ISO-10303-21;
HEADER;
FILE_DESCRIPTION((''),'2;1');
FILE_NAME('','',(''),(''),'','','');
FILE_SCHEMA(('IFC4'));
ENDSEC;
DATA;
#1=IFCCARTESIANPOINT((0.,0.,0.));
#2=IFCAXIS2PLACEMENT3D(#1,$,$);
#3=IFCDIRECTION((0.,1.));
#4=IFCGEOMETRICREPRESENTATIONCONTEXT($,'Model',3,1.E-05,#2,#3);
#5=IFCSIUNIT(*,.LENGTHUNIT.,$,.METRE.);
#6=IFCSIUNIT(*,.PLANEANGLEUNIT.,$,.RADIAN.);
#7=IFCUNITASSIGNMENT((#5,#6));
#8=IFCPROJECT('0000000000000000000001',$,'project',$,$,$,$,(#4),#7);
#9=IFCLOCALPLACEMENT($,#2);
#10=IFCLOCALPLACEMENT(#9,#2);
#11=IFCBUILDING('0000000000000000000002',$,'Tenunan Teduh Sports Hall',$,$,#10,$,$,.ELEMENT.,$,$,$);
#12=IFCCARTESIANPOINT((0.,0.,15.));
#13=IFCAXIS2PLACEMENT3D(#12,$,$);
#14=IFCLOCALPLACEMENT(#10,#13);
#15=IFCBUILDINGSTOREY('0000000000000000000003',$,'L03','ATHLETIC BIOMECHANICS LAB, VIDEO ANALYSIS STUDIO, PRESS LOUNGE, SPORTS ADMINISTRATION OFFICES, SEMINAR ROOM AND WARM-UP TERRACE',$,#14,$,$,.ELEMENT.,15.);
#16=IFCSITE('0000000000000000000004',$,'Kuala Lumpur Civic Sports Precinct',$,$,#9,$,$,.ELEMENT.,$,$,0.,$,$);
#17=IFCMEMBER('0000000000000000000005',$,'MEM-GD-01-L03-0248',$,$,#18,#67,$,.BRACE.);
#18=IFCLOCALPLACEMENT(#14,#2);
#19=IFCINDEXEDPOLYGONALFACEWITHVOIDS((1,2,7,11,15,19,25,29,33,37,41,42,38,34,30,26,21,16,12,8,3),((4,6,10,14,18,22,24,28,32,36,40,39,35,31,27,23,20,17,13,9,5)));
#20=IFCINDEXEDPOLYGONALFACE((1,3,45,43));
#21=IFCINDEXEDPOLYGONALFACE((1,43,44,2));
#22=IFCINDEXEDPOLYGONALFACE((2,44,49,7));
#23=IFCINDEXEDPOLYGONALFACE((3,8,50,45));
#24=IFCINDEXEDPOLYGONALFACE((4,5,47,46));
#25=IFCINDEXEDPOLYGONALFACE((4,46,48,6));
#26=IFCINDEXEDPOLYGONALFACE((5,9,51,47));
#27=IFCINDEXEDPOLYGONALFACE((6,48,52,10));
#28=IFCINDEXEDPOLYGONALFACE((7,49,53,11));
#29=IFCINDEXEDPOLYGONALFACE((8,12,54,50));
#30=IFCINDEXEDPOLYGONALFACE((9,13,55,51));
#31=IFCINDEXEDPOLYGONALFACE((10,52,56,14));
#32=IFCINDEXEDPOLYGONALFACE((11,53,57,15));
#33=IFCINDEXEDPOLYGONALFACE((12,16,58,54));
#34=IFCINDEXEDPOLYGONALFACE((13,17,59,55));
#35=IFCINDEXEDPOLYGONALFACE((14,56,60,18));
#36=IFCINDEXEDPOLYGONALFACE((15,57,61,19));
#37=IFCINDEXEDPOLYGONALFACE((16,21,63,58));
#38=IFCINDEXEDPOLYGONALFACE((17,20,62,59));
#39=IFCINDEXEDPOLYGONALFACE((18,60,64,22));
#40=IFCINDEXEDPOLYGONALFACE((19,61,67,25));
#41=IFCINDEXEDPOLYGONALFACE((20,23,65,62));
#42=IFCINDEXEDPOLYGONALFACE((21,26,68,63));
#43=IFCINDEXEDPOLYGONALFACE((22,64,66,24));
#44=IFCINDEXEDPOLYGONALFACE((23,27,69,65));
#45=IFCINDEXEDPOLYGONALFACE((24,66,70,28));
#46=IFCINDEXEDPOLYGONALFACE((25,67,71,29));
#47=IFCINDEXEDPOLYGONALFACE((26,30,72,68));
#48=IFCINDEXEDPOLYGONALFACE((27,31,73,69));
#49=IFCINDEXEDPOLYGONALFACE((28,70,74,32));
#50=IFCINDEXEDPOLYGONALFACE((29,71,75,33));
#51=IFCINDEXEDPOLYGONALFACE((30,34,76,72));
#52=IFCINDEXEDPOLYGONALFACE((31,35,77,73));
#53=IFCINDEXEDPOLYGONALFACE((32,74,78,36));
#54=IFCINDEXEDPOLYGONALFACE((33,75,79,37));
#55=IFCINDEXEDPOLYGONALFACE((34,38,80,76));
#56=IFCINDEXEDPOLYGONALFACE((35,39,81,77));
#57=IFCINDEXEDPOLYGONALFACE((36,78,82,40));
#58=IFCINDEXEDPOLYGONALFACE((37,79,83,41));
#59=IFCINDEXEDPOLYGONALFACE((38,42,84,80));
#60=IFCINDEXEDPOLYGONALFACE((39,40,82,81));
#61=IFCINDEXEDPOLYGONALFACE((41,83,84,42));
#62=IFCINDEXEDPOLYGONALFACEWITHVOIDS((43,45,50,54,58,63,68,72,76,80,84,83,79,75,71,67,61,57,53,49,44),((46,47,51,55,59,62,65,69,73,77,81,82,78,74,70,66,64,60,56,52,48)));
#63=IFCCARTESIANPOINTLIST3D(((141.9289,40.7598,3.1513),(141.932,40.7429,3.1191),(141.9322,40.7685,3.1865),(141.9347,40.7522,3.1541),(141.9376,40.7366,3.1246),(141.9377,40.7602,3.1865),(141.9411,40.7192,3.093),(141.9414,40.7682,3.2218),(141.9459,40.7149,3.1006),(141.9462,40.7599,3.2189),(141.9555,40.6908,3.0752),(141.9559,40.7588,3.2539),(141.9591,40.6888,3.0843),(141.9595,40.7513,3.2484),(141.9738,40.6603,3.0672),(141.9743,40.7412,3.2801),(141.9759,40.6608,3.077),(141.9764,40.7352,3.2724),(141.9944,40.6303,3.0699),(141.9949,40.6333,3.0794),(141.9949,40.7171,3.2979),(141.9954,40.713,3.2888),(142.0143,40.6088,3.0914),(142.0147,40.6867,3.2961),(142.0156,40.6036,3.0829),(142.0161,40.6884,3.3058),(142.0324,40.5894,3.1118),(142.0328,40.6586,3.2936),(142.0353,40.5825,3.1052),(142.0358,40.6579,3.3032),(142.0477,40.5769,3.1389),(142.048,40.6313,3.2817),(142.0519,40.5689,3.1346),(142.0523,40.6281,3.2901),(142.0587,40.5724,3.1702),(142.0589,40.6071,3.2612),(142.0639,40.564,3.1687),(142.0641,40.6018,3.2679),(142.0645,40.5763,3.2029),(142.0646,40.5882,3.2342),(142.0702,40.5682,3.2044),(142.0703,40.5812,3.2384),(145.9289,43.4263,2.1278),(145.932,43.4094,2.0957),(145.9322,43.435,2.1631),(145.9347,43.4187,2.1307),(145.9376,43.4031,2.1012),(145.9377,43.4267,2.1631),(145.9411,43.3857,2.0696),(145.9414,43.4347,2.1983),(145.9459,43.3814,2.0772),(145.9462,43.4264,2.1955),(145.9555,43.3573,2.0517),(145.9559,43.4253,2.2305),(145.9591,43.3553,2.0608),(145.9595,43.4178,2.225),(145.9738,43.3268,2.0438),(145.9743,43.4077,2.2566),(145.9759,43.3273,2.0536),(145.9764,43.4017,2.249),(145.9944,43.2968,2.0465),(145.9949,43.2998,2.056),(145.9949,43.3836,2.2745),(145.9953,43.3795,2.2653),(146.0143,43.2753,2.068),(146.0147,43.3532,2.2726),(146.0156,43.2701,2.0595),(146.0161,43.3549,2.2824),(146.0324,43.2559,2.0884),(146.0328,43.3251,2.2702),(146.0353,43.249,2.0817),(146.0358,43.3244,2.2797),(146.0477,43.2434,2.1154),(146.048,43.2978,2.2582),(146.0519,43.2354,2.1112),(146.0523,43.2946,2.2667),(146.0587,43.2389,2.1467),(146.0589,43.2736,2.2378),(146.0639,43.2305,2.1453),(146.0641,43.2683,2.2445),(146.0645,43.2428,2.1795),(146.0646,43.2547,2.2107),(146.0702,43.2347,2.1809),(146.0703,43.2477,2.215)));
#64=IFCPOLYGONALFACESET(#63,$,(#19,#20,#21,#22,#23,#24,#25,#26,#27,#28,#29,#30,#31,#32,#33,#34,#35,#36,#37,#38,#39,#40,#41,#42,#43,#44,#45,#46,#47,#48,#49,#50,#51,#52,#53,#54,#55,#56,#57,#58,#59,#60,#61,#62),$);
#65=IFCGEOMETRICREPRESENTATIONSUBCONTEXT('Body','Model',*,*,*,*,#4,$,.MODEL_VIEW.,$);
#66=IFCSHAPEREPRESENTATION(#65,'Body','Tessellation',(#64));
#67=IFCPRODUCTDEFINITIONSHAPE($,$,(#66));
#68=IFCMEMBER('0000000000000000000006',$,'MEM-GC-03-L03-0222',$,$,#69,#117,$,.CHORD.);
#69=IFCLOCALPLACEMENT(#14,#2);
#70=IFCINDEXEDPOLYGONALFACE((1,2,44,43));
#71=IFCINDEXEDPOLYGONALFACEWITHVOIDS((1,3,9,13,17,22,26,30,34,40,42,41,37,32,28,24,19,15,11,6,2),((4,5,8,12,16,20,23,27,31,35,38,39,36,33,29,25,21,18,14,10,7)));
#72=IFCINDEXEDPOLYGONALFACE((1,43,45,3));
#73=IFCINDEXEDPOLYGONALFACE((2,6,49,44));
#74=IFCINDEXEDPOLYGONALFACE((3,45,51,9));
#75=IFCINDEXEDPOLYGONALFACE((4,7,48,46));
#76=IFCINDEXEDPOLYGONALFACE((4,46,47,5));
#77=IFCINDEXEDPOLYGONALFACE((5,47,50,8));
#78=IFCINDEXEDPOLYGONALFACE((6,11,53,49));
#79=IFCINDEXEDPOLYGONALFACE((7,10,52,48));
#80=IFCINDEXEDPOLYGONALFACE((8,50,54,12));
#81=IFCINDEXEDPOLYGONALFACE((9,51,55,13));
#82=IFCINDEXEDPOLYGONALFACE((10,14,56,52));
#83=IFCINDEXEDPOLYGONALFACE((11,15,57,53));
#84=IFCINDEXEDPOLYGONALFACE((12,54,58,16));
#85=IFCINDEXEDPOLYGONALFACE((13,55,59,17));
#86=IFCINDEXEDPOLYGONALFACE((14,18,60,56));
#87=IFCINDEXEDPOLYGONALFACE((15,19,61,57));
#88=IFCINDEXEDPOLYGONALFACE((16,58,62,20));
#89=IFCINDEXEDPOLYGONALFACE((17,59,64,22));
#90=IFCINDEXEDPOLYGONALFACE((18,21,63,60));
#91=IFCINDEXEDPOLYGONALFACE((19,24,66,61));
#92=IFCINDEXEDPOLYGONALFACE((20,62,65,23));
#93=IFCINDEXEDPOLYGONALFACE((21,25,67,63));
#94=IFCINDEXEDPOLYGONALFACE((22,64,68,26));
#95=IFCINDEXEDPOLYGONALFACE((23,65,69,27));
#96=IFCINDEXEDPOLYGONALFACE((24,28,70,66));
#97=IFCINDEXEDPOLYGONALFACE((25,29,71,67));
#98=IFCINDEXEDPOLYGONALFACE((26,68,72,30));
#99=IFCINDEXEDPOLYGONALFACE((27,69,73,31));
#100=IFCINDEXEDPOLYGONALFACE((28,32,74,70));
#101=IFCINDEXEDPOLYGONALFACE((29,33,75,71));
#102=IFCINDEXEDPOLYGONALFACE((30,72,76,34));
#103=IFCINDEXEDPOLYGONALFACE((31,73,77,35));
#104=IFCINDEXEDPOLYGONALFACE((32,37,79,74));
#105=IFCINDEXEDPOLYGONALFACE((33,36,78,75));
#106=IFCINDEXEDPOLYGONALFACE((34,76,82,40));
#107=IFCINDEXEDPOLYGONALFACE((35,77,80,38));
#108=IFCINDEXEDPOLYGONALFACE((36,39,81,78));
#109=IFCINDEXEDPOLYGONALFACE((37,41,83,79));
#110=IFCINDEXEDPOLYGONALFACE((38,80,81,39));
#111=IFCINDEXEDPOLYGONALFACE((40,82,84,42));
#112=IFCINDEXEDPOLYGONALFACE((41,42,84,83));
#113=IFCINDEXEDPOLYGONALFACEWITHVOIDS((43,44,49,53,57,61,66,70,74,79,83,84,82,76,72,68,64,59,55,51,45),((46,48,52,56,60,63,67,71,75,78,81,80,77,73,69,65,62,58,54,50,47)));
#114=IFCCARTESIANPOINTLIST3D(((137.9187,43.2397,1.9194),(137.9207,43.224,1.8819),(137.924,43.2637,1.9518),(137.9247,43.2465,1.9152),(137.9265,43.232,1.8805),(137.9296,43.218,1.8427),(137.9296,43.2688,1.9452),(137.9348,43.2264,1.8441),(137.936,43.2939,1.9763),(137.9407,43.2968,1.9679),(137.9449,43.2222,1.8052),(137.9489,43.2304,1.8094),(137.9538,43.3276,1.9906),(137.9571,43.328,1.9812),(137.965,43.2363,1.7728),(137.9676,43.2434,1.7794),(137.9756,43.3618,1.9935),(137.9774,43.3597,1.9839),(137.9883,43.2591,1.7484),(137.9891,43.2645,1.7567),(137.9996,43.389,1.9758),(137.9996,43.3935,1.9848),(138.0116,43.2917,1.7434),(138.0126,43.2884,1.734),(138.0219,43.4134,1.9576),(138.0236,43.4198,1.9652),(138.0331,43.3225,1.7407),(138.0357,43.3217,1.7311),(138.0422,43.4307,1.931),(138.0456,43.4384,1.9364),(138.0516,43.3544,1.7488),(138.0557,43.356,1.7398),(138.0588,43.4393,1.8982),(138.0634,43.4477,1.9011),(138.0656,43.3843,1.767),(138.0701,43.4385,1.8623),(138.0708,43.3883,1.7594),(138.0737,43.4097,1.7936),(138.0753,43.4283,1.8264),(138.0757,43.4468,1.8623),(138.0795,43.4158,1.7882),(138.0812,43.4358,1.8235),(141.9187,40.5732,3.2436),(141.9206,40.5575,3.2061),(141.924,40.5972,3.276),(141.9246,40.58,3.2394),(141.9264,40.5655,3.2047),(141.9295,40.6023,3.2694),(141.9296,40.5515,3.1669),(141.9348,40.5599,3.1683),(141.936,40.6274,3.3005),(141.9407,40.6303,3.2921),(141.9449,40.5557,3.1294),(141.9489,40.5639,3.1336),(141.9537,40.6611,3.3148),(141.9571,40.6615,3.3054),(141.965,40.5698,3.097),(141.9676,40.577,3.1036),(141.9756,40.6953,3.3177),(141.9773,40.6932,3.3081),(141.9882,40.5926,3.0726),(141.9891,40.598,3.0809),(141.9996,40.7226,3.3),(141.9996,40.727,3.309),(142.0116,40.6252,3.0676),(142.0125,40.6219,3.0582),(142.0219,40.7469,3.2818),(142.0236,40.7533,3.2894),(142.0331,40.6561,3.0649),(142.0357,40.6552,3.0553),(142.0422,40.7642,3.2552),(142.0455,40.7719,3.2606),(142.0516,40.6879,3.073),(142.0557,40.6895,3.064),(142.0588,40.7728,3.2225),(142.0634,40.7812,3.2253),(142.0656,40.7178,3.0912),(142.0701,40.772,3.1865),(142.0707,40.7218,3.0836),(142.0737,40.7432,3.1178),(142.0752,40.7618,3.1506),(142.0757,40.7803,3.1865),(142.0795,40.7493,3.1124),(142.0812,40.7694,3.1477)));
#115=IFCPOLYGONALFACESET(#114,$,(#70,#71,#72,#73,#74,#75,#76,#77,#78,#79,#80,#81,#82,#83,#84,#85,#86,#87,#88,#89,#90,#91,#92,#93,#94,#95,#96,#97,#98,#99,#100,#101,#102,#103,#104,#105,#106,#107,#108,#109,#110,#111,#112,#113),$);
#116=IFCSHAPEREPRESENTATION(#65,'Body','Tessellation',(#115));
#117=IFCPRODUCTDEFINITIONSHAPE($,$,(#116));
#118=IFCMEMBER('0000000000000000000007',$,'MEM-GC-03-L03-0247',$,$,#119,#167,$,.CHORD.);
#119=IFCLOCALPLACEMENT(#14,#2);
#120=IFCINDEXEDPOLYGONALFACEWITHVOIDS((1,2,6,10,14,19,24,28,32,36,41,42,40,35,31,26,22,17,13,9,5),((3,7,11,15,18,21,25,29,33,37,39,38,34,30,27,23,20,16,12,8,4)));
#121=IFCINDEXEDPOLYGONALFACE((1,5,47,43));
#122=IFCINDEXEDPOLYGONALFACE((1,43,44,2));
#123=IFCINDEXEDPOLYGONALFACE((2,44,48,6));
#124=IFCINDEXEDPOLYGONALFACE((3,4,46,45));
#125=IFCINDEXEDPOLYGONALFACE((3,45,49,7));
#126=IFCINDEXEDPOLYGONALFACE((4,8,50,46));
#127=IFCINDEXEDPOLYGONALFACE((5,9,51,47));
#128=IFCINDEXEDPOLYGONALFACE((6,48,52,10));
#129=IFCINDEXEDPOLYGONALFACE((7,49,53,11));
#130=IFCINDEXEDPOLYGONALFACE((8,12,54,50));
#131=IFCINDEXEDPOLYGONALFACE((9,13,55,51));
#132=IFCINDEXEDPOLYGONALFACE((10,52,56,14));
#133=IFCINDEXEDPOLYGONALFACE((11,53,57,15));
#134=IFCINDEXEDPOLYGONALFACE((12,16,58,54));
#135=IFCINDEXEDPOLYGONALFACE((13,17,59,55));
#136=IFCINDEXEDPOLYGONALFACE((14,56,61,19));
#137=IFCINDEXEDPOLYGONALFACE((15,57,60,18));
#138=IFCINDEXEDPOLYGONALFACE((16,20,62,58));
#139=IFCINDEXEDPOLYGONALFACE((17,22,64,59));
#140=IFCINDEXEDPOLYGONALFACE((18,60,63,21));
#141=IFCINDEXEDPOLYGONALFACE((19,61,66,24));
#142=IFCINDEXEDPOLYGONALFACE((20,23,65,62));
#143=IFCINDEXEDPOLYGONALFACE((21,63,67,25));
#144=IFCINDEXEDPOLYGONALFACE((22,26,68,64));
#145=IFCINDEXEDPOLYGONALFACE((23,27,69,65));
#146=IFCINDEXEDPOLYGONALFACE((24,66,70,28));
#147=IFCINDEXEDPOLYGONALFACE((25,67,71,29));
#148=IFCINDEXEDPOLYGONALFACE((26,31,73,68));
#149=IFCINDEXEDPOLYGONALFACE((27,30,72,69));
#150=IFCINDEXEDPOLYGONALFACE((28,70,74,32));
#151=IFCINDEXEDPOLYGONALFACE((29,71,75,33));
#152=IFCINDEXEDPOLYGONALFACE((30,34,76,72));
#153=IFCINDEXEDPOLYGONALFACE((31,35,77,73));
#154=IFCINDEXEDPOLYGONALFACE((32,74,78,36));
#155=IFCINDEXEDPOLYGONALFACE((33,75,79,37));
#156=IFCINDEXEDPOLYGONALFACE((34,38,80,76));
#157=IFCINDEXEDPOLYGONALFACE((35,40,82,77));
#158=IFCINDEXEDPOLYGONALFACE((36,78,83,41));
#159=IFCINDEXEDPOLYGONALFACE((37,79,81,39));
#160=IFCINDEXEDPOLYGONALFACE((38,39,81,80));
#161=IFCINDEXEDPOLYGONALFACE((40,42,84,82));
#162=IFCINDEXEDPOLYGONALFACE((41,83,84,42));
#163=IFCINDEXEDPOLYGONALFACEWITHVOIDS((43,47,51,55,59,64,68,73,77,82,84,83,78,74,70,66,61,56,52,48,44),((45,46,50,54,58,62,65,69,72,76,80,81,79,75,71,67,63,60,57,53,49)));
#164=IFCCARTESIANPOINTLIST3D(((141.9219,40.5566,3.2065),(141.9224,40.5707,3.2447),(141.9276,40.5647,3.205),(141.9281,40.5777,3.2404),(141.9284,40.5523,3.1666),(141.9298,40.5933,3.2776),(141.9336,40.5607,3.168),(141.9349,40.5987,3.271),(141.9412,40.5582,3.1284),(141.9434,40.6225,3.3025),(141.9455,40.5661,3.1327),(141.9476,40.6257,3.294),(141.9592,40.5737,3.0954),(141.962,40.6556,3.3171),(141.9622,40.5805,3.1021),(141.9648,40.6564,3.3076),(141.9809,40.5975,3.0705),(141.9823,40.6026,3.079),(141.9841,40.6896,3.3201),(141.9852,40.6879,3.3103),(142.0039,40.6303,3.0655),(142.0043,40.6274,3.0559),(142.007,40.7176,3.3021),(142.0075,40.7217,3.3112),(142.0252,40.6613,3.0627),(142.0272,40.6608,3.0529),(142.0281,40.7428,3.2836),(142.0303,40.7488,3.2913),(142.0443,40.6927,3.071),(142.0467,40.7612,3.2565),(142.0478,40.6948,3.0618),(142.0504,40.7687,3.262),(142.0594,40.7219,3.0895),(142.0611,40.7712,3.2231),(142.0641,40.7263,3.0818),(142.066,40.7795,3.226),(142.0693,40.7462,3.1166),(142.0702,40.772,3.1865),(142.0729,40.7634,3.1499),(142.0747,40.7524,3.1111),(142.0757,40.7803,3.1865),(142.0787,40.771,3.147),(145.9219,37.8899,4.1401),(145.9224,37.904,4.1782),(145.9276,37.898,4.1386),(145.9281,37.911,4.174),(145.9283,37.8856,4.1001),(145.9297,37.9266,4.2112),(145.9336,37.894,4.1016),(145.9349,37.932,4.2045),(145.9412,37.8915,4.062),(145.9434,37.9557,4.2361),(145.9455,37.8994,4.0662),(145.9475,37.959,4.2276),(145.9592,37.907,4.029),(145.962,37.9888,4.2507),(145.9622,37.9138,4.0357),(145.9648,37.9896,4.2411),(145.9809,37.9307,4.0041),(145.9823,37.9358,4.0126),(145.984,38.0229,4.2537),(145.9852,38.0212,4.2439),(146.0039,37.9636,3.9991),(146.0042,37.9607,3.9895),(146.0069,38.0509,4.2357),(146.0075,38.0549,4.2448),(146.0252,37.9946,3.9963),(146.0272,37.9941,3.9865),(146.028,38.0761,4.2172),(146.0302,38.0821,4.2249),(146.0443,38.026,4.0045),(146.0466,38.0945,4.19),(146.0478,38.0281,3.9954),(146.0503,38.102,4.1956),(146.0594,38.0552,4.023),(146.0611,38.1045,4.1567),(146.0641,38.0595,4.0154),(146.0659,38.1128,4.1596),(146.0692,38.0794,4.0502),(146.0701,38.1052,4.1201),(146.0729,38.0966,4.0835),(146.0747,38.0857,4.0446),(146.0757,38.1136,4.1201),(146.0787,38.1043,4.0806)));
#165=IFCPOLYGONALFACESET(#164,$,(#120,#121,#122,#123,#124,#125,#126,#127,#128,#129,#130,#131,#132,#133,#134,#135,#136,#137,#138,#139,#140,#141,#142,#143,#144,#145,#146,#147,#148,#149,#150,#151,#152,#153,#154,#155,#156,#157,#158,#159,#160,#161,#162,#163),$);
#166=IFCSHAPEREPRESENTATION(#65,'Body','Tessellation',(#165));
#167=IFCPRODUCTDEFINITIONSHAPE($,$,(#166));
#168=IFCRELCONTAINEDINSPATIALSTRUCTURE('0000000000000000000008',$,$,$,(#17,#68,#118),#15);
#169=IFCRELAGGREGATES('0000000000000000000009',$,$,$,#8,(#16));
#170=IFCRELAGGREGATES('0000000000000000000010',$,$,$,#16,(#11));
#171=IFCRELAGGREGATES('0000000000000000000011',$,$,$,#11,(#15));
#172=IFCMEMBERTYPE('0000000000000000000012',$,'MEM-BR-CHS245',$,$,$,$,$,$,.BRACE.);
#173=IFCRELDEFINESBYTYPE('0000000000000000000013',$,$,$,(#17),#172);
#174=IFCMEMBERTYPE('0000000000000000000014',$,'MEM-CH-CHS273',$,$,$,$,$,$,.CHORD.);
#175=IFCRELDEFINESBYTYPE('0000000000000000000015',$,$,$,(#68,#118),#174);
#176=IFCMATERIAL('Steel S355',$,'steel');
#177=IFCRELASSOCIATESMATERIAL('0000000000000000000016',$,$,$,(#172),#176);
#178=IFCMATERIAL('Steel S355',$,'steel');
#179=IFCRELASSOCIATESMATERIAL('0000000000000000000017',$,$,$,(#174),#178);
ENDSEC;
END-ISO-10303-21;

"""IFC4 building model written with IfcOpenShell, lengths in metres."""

from ifc_helpers import new_model, si_unit, direction, frame, origin, origin_2d, place, context, subcontext, project, spatial, hollow_circle, extrude, material, material_profile, profile_set, type_object, element, save


model = new_model("IFC4")

# Units and contexts
model_context = context("Model", 3, precision=1e-05, world=origin(), true_north=direction((0.0, 1.0)))
body_context = subcontext(model_context, "Body", "Model", "MODEL_VIEW")
ifc_project = project(units=[si_unit("LENGTHUNIT", "METRE"), si_unit("PLANEANGLEUNIT", "RADIAN")], contexts=[model_context])

# Site, building, storey
site_placement = place(None, origin())
site = spatial("IfcSite", under=ifc_project, at=site_placement, Name="Kuala Lumpur Civic Sports Precinct", CompositionType="ELEMENT", RefElevation=0.0)
building_placement = place(site_placement, origin())
building = spatial("IfcBuilding", under=site, at=building_placement, Name="Tenunan Teduh Sports Hall", CompositionType="ELEMENT")
storey_placement = place(building_placement, frame((0.0, 0.0, 15.0)))
storey = spatial("IfcBuildingStorey", under=building, at=storey_placement, Name="L03", Description="ATHLETIC BIOMECHANICS LAB, VIDEO ANALYSIS STUDIO, PRESS LOUNGE, SPORTS ADMINISTRATION OFFICES, SEMINAR ROOM AND WARM-UP TERRACE", CompositionType="ELEMENT", Elevation=15.0)

# Members
ifc_material_1 = material(Name="Steel S355", Category="steel")
ifc_material_profile_1 = material_profile(ifc_material_1, hollow_circle(Radius=0.1223, WallThickness=0.01, at=origin_2d()), Name="CHS 244.5x10.0")
ifc_profile_set_1 = profile_set([ifc_material_profile_1], Name="Steel S355")
member_type_1 = type_object("IfcMemberType", Name="MEM-BR-CHS245", PredefinedType="BRACE", material=ifc_profile_set_1)
member_1_placement = place(storey_placement, frame((142.0, 40.6667, 3.1865), z_axis=(0.813828, 0.542519, -0.208225), x_axis=(-0.554677, 0.832066, 0.0)))
element("IfcMember", 1, at=member_1_placement, inside=storey, type_object=member_type_1, Name="MEM-GD-01-L03-0248", PredefinedType="BRACE", context=body_context, shape_type="SweptSolid", body=[
    extrude(hollow_circle(Radius=0.1223, WallThickness=0.01, at=origin_2d()), origin(), (0.0, 0.0, 1.0), 4.915),
])
ifc_material_2 = material(Name="Steel S355", Category="steel")
ifc_material_profile_2 = material_profile(ifc_material_2, hollow_circle(Radius=0.1365, WallThickness=0.01, at=origin_2d()), Name="CHS 273.0x10.0")
ifc_profile_set_2 = profile_set([ifc_material_profile_2], Name="Steel S355")
member_type_2 = type_object("IfcMemberType", Name="MEM-CH-CHS273", PredefinedType="CHORD", material=ifc_profile_set_2)
member_2_placement = place(storey_placement, frame((138.0, 43.3333, 1.8623), z_axis=(0.802188, -0.534759, 0.265568), x_axis=(0.554677, 0.832066, 0.0)))
element("IfcMember", 2, at=member_2_placement, inside=storey, type_object=member_type_2, Name="MEM-GC-03-L03-0222", PredefinedType="CHORD", context=body_context, shape_type="SweptSolid", body=[
    extrude(hollow_circle(Radius=0.1365, WallThickness=0.01, at=origin_2d()), origin(), (0.0, 0.0, 1.0), 4.9863),
])
member_3_placement = place(storey_placement, frame((142.0, 40.6667, 3.1865), z_axis=(0.816783, -0.544539, 0.190636), x_axis=(0.554712, 0.832042, 0.0)))
element("IfcMember", 3, at=member_3_placement, inside=storey, type_object=member_type_2, Name="MEM-GC-03-L03-0247", PredefinedType="CHORD", context=body_context, shape_type="SweptSolid", body=[
    extrude(hollow_circle(Radius=0.1365, WallThickness=0.01, at=origin_2d()), origin(), (0.0, 0.0, 1.0), 4.8972),
])

save(model, "model.ifc")
